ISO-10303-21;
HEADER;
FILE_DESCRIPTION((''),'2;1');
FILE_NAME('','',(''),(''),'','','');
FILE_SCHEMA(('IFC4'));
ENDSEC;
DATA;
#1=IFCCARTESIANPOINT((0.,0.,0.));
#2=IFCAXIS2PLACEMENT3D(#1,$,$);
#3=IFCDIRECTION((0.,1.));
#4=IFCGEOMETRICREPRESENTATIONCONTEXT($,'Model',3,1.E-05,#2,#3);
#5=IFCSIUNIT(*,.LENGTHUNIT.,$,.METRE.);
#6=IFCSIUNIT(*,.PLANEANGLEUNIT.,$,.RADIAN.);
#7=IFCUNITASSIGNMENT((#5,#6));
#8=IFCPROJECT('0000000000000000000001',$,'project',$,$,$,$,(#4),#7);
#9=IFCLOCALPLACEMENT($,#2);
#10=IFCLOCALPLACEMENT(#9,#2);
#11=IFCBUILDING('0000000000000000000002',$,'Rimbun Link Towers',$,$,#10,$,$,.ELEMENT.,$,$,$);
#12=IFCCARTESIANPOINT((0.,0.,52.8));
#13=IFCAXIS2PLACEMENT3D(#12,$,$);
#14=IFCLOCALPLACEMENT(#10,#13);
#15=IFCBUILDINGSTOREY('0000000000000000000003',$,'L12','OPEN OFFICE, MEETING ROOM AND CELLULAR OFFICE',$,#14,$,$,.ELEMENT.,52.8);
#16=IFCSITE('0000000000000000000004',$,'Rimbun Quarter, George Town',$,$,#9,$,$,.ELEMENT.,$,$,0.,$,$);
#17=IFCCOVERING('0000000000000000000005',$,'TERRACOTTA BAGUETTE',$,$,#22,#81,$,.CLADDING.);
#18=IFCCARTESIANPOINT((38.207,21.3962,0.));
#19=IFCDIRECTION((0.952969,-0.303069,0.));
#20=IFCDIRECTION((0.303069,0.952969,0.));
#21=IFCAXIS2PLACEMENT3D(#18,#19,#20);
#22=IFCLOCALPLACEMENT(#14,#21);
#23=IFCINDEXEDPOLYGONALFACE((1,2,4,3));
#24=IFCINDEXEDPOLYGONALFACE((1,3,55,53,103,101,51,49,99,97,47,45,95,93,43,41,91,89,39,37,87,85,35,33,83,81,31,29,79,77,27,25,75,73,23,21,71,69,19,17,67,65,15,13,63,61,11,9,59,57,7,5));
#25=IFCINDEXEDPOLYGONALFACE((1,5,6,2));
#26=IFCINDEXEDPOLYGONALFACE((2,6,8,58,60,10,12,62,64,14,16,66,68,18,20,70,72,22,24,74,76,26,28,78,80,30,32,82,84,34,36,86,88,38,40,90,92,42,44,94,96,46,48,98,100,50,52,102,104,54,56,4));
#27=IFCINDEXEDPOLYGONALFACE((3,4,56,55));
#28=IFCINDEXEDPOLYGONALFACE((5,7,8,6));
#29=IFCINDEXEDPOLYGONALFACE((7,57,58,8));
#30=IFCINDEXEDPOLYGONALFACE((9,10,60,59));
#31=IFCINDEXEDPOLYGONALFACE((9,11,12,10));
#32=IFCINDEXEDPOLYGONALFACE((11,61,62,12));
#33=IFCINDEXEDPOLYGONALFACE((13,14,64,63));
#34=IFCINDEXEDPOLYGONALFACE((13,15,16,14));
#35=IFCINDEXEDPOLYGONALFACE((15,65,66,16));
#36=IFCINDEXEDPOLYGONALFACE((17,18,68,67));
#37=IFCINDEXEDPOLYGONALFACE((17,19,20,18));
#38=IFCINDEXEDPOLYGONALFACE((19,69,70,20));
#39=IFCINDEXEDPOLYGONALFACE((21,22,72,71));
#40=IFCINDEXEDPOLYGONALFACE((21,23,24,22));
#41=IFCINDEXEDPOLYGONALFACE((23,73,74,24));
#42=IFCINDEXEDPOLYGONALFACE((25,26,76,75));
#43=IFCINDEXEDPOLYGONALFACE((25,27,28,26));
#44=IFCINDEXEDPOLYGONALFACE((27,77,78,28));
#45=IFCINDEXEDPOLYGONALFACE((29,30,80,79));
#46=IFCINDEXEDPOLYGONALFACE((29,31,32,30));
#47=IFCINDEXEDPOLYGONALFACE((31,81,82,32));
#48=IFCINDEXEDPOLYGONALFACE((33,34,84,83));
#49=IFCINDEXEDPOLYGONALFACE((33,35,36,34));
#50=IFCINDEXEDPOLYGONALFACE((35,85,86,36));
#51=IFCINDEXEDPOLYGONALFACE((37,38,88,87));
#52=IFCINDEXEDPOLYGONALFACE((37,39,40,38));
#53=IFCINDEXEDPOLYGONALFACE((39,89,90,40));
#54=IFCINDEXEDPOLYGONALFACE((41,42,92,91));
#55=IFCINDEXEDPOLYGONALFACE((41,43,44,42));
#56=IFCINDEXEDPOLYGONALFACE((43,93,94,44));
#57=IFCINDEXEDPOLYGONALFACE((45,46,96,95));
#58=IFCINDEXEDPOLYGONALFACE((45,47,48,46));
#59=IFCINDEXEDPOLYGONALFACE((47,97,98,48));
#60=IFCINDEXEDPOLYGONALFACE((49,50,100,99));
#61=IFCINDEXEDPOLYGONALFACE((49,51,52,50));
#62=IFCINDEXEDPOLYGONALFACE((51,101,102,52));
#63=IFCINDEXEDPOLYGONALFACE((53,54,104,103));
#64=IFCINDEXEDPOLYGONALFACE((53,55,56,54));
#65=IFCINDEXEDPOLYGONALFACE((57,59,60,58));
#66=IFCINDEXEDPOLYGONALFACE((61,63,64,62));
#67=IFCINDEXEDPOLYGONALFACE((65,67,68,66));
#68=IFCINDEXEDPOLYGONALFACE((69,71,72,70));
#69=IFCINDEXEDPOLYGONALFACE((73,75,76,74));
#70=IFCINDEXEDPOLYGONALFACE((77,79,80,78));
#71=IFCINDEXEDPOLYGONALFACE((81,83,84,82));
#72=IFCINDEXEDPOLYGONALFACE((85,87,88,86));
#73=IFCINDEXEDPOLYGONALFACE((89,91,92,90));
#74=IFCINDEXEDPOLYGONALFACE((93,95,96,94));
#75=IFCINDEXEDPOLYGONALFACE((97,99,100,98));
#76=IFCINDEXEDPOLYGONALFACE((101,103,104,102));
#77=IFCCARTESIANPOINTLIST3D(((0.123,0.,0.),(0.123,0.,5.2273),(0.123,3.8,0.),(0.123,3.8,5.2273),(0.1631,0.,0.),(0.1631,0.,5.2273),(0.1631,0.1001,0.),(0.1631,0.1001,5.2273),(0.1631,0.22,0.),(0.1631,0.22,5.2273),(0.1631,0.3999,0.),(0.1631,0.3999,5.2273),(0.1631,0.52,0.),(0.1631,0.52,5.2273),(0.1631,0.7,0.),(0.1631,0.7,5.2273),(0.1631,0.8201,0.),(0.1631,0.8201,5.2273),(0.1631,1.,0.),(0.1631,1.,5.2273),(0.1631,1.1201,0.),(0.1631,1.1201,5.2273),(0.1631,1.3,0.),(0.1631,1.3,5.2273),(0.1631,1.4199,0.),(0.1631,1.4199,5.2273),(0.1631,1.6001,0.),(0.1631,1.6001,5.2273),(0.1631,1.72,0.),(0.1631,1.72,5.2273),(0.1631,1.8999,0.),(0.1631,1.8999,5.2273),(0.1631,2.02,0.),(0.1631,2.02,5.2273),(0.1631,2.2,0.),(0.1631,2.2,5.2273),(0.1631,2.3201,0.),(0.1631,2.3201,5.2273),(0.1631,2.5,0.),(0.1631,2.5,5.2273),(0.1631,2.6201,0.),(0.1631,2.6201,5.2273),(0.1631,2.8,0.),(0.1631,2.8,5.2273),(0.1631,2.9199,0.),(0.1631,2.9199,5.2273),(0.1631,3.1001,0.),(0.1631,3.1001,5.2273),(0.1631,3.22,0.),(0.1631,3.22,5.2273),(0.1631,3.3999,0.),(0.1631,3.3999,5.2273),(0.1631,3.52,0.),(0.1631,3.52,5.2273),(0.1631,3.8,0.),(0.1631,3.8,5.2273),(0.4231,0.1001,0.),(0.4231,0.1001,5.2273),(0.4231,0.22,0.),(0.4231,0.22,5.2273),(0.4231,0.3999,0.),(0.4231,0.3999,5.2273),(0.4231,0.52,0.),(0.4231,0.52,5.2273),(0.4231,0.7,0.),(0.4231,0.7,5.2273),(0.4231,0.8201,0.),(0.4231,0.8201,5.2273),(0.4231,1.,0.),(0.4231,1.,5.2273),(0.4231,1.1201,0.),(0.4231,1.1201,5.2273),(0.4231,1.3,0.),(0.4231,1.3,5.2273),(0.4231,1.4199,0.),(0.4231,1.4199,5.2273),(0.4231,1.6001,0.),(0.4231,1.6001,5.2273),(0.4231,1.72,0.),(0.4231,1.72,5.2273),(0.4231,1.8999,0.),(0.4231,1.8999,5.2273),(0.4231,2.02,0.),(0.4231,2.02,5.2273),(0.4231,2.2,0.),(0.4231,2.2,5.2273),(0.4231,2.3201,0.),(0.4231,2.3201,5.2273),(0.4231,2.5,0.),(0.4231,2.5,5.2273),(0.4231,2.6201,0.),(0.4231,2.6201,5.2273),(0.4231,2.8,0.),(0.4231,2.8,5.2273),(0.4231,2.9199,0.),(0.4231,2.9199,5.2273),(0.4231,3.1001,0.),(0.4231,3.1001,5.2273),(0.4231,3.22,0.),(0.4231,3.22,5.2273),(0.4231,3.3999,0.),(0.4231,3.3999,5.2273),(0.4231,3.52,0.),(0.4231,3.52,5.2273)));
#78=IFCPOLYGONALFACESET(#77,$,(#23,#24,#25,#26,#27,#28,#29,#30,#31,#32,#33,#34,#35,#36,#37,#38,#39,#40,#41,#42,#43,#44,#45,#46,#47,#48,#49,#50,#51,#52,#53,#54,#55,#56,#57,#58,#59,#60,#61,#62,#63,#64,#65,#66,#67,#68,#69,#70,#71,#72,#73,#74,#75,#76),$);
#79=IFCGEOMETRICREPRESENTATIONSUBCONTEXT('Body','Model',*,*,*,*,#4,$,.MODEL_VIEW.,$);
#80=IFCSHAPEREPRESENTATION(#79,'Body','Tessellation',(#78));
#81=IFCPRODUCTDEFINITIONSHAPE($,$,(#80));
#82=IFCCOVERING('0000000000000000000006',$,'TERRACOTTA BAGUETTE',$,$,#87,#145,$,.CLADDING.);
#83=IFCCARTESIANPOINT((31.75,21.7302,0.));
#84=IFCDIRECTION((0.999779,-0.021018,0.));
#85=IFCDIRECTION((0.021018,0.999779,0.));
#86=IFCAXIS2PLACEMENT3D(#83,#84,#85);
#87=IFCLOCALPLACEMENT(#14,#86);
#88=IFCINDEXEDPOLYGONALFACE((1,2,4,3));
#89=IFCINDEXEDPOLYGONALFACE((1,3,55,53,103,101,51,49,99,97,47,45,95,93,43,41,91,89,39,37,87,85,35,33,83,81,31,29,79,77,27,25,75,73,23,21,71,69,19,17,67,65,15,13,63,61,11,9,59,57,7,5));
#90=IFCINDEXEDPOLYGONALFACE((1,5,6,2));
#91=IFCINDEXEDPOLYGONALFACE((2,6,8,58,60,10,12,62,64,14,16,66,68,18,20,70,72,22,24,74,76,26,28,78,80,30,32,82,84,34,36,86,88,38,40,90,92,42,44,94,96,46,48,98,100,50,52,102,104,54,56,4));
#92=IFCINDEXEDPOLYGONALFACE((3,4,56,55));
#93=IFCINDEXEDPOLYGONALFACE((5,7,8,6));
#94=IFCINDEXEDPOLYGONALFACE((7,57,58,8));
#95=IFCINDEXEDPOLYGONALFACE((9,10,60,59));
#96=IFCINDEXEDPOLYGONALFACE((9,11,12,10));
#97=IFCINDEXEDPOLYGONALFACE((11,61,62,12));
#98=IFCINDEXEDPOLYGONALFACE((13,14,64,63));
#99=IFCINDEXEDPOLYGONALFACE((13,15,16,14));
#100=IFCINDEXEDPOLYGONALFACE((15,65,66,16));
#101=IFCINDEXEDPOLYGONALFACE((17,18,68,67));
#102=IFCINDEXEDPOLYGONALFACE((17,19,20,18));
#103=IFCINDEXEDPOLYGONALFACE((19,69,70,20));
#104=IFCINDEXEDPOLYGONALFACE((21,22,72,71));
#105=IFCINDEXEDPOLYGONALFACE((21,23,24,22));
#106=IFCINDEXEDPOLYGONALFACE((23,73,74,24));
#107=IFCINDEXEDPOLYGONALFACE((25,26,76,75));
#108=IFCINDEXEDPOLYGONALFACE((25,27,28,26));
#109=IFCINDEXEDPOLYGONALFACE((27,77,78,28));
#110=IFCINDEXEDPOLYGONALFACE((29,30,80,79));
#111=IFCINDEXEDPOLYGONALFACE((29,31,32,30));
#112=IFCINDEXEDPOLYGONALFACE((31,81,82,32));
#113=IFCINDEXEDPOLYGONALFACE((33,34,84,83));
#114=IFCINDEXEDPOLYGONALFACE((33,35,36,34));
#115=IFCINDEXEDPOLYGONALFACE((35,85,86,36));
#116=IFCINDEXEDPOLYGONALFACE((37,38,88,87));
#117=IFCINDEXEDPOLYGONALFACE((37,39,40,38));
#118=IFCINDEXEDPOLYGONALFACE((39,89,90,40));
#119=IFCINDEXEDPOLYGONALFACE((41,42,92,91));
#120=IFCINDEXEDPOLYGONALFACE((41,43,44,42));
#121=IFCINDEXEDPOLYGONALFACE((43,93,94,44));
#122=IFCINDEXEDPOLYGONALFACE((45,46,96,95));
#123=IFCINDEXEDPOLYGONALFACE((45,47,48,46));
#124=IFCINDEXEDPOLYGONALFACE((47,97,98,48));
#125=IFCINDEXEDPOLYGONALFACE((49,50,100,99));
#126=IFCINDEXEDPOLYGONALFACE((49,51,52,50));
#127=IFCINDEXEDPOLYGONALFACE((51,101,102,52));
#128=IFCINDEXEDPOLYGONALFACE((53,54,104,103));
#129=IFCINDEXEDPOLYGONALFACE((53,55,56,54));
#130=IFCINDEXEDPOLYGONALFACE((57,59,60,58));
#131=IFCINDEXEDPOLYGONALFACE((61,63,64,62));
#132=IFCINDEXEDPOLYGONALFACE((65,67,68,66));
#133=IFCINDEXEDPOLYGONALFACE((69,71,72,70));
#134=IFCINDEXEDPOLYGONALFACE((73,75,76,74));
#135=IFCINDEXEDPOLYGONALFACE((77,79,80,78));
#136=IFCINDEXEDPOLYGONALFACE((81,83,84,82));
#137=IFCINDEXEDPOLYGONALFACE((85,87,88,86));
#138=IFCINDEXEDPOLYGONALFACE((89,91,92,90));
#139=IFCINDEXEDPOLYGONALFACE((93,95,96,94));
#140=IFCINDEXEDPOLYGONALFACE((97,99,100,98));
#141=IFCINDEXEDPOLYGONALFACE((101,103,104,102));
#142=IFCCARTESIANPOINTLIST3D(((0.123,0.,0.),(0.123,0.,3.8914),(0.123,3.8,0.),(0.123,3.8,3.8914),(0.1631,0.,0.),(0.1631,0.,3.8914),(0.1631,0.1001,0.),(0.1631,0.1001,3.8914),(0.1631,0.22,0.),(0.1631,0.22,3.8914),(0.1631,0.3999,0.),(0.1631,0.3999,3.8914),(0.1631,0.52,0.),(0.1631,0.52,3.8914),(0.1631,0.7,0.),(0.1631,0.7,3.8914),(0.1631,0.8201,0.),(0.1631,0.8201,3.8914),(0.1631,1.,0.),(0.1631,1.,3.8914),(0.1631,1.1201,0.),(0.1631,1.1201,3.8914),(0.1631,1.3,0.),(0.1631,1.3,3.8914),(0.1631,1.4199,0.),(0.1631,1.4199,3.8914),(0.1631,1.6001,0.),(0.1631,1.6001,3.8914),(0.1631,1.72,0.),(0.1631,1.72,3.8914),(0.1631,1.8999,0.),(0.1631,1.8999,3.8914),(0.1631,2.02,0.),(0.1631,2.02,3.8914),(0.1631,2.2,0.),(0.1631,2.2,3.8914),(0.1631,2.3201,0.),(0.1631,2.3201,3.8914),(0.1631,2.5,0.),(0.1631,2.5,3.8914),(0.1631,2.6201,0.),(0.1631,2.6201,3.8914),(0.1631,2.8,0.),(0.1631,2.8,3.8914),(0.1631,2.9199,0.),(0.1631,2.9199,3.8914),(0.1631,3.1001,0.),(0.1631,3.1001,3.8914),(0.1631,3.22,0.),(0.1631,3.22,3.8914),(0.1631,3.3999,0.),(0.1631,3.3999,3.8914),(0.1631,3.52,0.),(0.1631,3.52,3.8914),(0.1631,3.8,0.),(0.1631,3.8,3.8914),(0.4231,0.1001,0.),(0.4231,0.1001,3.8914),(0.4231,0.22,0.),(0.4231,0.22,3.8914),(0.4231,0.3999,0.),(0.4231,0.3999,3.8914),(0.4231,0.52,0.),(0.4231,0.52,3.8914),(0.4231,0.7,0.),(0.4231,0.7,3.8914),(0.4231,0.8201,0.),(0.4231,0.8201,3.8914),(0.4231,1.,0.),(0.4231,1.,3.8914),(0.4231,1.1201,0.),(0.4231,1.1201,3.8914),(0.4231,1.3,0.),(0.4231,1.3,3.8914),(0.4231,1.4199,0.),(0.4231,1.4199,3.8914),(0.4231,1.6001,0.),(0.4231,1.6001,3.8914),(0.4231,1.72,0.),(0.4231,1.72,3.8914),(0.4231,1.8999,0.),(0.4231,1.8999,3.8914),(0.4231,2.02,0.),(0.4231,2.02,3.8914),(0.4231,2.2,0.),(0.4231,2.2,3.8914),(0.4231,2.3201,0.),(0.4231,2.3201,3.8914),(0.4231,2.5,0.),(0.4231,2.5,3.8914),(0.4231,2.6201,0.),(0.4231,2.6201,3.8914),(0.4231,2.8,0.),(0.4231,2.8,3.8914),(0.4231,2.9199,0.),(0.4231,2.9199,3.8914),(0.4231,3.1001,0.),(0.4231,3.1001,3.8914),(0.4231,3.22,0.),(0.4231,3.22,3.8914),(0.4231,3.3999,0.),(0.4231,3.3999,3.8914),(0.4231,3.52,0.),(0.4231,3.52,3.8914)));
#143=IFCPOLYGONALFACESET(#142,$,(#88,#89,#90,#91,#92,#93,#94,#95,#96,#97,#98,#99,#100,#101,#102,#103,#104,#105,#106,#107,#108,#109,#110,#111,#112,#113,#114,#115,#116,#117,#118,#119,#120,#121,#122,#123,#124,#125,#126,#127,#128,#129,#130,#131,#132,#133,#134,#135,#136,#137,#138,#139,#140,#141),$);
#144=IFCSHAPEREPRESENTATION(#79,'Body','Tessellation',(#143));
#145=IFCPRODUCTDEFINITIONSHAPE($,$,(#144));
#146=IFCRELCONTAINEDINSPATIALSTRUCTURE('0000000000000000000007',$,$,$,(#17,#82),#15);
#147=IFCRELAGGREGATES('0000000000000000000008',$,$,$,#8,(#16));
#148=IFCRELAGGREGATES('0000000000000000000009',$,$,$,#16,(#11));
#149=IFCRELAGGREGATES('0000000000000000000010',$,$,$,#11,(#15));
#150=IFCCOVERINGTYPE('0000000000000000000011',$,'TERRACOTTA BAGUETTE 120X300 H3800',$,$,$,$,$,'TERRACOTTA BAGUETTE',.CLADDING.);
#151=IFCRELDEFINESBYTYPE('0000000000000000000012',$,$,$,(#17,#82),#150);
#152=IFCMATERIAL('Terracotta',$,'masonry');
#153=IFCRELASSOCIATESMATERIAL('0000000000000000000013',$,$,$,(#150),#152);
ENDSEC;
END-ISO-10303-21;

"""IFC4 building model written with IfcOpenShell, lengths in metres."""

from ifc_helpers import new_model, si_unit, direction, frame, origin, place, context, subcontext, project, spatial, polyline, outline, extrude, material, material_profile, profile_set, type_object, element, save


model = new_model("IFC4")

# Units and contexts
model_context = context("Model", 3, precision=1e-05, world=origin(), true_north=direction((0.0, 1.0)))
body_context = subcontext(model_context, "Body", "Model", "MODEL_VIEW")
ifc_project = project(units=[si_unit("LENGTHUNIT", "METRE"), si_unit("PLANEANGLEUNIT", "RADIAN")], contexts=[model_context])

# Site, building, storey
site_placement = place(None, origin())
site = spatial("IfcSite", under=ifc_project, at=site_placement, Name="Rimbun Quarter, George Town", CompositionType="ELEMENT", RefElevation=0.0)
building_placement = place(site_placement, origin())
building = spatial("IfcBuilding", under=site, at=building_placement, Name="Rimbun Link Towers", CompositionType="ELEMENT")
storey_placement = place(building_placement, frame((0.0, 0.0, 52.8)))
storey = spatial("IfcBuildingStorey", under=building, at=storey_placement, Name="L12", Description="OPEN OFFICE, MEETING ROOM AND CELLULAR OFFICE", CompositionType="ELEMENT", Elevation=52.8)

# Coverings
ifc_material_1 = material(Name="Terracotta", Category="masonry")
ifc_material_profile_1 = material_profile(ifc_material_1, outline(polyline([(0.123, 0.0), (0.1631, 0.0), (0.1631, 0.1001), (0.4231, 0.1001), (0.4231, 0.22), (0.1631, 0.22), (0.1631, 0.3999), (0.4231, 0.3999), (0.4231, 0.52), (0.1631, 0.52), (0.1631, 0.7), (0.4231, 0.7), (0.4231, 0.8201), (0.1631, 0.8201), (0.1631, 1.0), (0.4231, 1.0), (0.4231, 1.1201), (0.1631, 1.1201), (0.1631, 1.3), (0.4231, 1.3), (0.4231, 1.4199), (0.1631, 1.4199), (0.1631, 1.6001), (0.4231, 1.6001), (0.4231, 1.72), (0.1631, 1.72), (0.1631, 1.8999), (0.4231, 1.8999), (0.4231, 2.02), (0.1631, 2.02), (0.1631, 2.2), (0.4231, 2.2), (0.4231, 2.3201), (0.1631, 2.3201), (0.1631, 2.5), (0.4231, 2.5), (0.4231, 2.6201), (0.1631, 2.6201), (0.1631, 2.8), (0.4231, 2.8), (0.4231, 2.9199), (0.1631, 2.9199), (0.1631, 3.1001), (0.4231, 3.1001), (0.4231, 3.22), (0.1631, 3.22), (0.1631, 3.3999), (0.4231, 3.3999), (0.4231, 3.52), (0.1631, 3.52), (0.1631, 3.8), (0.123, 3.8), (0.123, 0.0)])), Name="BAGUETTE 120X300")
ifc_profile_set_1 = profile_set([ifc_material_profile_1], Name="Terracotta")
covering_type = type_object("IfcCoveringType", Name="TERRACOTTA BAGUETTE 120X300 H3800", ElementType="TERRACOTTA BAGUETTE", PredefinedType="CLADDING", material=ifc_profile_set_1)
covering_1_placement = place(storey_placement, frame((38.207, 21.3962, 0.0), z_axis=(0.952969, -0.303069, 0.0), x_axis=(0.303069, 0.952969, 0.0)))
element("IfcCovering", 1, at=covering_1_placement, inside=storey, type_object=covering_type, Name="TERRACOTTA BAGUETTE", PredefinedType="CLADDING", context=body_context, shape_type="SweptSolid", body=[
    extrude(outline(polyline([(0.123, 0.0), (0.1631, 0.0), (0.1631, 0.1001), (0.4231, 0.1001), (0.4231, 0.22), (0.1631, 0.22), (0.1631, 0.3999), (0.4231, 0.3999), (0.4231, 0.52), (0.1631, 0.52), (0.1631, 0.7), (0.4231, 0.7), (0.4231, 0.8201), (0.1631, 0.8201), (0.1631, 1.0), (0.4231, 1.0), (0.4231, 1.1201), (0.1631, 1.1201), (0.1631, 1.3), (0.4231, 1.3), (0.4231, 1.4199), (0.1631, 1.4199), (0.1631, 1.6001), (0.4231, 1.6001), (0.4231, 1.72), (0.1631, 1.72), (0.1631, 1.8999), (0.4231, 1.8999), (0.4231, 2.02), (0.1631, 2.02), (0.1631, 2.2), (0.4231, 2.2), (0.4231, 2.3201), (0.1631, 2.3201), (0.1631, 2.5), (0.4231, 2.5), (0.4231, 2.6201), (0.1631, 2.6201), (0.1631, 2.8), (0.4231, 2.8), (0.4231, 2.9199), (0.1631, 2.9199), (0.1631, 3.1001), (0.4231, 3.1001), (0.4231, 3.22), (0.1631, 3.22), (0.1631, 3.3999), (0.4231, 3.3999), (0.4231, 3.52), (0.1631, 3.52), (0.1631, 3.8), (0.123, 3.8), (0.123, 0.0)])), origin(), (0.0, 0.0, 1.0), 5.2273),
])
covering_2_placement = place(storey_placement, frame((31.75, 21.7302, 0.0), z_axis=(0.999779, -0.021018, 0.0), x_axis=(0.021018, 0.999779, 0.0)))
element("IfcCovering", 2, at=covering_2_placement, inside=storey, type_object=covering_type, Name="TERRACOTTA BAGUETTE", PredefinedType="CLADDING", context=body_context, shape_type="SweptSolid", body=[
    extrude(outline(polyline([(0.123, 0.0), (0.1631, 0.0), (0.1631, 0.1001), (0.4231, 0.1001), (0.4231, 0.22), (0.1631, 0.22), (0.1631, 0.3999), (0.4231, 0.3999), (0.4231, 0.52), (0.1631, 0.52), (0.1631, 0.7), (0.4231, 0.7), (0.4231, 0.8201), (0.1631, 0.8201), (0.1631, 1.0), (0.4231, 1.0), (0.4231, 1.1201), (0.1631, 1.1201), (0.1631, 1.3), (0.4231, 1.3), (0.4231, 1.4199), (0.1631, 1.4199), (0.1631, 1.6001), (0.4231, 1.6001), (0.4231, 1.72), (0.1631, 1.72), (0.1631, 1.8999), (0.4231, 1.8999), (0.4231, 2.02), (0.1631, 2.02), (0.1631, 2.2), (0.4231, 2.2), (0.4231, 2.3201), (0.1631, 2.3201), (0.1631, 2.5), (0.4231, 2.5), (0.4231, 2.6201), (0.1631, 2.6201), (0.1631, 2.8), (0.4231, 2.8), (0.4231, 2.9199), (0.1631, 2.9199), (0.1631, 3.1001), (0.4231, 3.1001), (0.4231, 3.22), (0.1631, 3.22), (0.1631, 3.3999), (0.4231, 3.3999), (0.4231, 3.52), (0.1631, 3.52), (0.1631, 3.8), (0.123, 3.8), (0.123, 0.0)])), origin(), (0.0, 0.0, 1.0), 3.8914),
])

save(model, "model.ifc")
